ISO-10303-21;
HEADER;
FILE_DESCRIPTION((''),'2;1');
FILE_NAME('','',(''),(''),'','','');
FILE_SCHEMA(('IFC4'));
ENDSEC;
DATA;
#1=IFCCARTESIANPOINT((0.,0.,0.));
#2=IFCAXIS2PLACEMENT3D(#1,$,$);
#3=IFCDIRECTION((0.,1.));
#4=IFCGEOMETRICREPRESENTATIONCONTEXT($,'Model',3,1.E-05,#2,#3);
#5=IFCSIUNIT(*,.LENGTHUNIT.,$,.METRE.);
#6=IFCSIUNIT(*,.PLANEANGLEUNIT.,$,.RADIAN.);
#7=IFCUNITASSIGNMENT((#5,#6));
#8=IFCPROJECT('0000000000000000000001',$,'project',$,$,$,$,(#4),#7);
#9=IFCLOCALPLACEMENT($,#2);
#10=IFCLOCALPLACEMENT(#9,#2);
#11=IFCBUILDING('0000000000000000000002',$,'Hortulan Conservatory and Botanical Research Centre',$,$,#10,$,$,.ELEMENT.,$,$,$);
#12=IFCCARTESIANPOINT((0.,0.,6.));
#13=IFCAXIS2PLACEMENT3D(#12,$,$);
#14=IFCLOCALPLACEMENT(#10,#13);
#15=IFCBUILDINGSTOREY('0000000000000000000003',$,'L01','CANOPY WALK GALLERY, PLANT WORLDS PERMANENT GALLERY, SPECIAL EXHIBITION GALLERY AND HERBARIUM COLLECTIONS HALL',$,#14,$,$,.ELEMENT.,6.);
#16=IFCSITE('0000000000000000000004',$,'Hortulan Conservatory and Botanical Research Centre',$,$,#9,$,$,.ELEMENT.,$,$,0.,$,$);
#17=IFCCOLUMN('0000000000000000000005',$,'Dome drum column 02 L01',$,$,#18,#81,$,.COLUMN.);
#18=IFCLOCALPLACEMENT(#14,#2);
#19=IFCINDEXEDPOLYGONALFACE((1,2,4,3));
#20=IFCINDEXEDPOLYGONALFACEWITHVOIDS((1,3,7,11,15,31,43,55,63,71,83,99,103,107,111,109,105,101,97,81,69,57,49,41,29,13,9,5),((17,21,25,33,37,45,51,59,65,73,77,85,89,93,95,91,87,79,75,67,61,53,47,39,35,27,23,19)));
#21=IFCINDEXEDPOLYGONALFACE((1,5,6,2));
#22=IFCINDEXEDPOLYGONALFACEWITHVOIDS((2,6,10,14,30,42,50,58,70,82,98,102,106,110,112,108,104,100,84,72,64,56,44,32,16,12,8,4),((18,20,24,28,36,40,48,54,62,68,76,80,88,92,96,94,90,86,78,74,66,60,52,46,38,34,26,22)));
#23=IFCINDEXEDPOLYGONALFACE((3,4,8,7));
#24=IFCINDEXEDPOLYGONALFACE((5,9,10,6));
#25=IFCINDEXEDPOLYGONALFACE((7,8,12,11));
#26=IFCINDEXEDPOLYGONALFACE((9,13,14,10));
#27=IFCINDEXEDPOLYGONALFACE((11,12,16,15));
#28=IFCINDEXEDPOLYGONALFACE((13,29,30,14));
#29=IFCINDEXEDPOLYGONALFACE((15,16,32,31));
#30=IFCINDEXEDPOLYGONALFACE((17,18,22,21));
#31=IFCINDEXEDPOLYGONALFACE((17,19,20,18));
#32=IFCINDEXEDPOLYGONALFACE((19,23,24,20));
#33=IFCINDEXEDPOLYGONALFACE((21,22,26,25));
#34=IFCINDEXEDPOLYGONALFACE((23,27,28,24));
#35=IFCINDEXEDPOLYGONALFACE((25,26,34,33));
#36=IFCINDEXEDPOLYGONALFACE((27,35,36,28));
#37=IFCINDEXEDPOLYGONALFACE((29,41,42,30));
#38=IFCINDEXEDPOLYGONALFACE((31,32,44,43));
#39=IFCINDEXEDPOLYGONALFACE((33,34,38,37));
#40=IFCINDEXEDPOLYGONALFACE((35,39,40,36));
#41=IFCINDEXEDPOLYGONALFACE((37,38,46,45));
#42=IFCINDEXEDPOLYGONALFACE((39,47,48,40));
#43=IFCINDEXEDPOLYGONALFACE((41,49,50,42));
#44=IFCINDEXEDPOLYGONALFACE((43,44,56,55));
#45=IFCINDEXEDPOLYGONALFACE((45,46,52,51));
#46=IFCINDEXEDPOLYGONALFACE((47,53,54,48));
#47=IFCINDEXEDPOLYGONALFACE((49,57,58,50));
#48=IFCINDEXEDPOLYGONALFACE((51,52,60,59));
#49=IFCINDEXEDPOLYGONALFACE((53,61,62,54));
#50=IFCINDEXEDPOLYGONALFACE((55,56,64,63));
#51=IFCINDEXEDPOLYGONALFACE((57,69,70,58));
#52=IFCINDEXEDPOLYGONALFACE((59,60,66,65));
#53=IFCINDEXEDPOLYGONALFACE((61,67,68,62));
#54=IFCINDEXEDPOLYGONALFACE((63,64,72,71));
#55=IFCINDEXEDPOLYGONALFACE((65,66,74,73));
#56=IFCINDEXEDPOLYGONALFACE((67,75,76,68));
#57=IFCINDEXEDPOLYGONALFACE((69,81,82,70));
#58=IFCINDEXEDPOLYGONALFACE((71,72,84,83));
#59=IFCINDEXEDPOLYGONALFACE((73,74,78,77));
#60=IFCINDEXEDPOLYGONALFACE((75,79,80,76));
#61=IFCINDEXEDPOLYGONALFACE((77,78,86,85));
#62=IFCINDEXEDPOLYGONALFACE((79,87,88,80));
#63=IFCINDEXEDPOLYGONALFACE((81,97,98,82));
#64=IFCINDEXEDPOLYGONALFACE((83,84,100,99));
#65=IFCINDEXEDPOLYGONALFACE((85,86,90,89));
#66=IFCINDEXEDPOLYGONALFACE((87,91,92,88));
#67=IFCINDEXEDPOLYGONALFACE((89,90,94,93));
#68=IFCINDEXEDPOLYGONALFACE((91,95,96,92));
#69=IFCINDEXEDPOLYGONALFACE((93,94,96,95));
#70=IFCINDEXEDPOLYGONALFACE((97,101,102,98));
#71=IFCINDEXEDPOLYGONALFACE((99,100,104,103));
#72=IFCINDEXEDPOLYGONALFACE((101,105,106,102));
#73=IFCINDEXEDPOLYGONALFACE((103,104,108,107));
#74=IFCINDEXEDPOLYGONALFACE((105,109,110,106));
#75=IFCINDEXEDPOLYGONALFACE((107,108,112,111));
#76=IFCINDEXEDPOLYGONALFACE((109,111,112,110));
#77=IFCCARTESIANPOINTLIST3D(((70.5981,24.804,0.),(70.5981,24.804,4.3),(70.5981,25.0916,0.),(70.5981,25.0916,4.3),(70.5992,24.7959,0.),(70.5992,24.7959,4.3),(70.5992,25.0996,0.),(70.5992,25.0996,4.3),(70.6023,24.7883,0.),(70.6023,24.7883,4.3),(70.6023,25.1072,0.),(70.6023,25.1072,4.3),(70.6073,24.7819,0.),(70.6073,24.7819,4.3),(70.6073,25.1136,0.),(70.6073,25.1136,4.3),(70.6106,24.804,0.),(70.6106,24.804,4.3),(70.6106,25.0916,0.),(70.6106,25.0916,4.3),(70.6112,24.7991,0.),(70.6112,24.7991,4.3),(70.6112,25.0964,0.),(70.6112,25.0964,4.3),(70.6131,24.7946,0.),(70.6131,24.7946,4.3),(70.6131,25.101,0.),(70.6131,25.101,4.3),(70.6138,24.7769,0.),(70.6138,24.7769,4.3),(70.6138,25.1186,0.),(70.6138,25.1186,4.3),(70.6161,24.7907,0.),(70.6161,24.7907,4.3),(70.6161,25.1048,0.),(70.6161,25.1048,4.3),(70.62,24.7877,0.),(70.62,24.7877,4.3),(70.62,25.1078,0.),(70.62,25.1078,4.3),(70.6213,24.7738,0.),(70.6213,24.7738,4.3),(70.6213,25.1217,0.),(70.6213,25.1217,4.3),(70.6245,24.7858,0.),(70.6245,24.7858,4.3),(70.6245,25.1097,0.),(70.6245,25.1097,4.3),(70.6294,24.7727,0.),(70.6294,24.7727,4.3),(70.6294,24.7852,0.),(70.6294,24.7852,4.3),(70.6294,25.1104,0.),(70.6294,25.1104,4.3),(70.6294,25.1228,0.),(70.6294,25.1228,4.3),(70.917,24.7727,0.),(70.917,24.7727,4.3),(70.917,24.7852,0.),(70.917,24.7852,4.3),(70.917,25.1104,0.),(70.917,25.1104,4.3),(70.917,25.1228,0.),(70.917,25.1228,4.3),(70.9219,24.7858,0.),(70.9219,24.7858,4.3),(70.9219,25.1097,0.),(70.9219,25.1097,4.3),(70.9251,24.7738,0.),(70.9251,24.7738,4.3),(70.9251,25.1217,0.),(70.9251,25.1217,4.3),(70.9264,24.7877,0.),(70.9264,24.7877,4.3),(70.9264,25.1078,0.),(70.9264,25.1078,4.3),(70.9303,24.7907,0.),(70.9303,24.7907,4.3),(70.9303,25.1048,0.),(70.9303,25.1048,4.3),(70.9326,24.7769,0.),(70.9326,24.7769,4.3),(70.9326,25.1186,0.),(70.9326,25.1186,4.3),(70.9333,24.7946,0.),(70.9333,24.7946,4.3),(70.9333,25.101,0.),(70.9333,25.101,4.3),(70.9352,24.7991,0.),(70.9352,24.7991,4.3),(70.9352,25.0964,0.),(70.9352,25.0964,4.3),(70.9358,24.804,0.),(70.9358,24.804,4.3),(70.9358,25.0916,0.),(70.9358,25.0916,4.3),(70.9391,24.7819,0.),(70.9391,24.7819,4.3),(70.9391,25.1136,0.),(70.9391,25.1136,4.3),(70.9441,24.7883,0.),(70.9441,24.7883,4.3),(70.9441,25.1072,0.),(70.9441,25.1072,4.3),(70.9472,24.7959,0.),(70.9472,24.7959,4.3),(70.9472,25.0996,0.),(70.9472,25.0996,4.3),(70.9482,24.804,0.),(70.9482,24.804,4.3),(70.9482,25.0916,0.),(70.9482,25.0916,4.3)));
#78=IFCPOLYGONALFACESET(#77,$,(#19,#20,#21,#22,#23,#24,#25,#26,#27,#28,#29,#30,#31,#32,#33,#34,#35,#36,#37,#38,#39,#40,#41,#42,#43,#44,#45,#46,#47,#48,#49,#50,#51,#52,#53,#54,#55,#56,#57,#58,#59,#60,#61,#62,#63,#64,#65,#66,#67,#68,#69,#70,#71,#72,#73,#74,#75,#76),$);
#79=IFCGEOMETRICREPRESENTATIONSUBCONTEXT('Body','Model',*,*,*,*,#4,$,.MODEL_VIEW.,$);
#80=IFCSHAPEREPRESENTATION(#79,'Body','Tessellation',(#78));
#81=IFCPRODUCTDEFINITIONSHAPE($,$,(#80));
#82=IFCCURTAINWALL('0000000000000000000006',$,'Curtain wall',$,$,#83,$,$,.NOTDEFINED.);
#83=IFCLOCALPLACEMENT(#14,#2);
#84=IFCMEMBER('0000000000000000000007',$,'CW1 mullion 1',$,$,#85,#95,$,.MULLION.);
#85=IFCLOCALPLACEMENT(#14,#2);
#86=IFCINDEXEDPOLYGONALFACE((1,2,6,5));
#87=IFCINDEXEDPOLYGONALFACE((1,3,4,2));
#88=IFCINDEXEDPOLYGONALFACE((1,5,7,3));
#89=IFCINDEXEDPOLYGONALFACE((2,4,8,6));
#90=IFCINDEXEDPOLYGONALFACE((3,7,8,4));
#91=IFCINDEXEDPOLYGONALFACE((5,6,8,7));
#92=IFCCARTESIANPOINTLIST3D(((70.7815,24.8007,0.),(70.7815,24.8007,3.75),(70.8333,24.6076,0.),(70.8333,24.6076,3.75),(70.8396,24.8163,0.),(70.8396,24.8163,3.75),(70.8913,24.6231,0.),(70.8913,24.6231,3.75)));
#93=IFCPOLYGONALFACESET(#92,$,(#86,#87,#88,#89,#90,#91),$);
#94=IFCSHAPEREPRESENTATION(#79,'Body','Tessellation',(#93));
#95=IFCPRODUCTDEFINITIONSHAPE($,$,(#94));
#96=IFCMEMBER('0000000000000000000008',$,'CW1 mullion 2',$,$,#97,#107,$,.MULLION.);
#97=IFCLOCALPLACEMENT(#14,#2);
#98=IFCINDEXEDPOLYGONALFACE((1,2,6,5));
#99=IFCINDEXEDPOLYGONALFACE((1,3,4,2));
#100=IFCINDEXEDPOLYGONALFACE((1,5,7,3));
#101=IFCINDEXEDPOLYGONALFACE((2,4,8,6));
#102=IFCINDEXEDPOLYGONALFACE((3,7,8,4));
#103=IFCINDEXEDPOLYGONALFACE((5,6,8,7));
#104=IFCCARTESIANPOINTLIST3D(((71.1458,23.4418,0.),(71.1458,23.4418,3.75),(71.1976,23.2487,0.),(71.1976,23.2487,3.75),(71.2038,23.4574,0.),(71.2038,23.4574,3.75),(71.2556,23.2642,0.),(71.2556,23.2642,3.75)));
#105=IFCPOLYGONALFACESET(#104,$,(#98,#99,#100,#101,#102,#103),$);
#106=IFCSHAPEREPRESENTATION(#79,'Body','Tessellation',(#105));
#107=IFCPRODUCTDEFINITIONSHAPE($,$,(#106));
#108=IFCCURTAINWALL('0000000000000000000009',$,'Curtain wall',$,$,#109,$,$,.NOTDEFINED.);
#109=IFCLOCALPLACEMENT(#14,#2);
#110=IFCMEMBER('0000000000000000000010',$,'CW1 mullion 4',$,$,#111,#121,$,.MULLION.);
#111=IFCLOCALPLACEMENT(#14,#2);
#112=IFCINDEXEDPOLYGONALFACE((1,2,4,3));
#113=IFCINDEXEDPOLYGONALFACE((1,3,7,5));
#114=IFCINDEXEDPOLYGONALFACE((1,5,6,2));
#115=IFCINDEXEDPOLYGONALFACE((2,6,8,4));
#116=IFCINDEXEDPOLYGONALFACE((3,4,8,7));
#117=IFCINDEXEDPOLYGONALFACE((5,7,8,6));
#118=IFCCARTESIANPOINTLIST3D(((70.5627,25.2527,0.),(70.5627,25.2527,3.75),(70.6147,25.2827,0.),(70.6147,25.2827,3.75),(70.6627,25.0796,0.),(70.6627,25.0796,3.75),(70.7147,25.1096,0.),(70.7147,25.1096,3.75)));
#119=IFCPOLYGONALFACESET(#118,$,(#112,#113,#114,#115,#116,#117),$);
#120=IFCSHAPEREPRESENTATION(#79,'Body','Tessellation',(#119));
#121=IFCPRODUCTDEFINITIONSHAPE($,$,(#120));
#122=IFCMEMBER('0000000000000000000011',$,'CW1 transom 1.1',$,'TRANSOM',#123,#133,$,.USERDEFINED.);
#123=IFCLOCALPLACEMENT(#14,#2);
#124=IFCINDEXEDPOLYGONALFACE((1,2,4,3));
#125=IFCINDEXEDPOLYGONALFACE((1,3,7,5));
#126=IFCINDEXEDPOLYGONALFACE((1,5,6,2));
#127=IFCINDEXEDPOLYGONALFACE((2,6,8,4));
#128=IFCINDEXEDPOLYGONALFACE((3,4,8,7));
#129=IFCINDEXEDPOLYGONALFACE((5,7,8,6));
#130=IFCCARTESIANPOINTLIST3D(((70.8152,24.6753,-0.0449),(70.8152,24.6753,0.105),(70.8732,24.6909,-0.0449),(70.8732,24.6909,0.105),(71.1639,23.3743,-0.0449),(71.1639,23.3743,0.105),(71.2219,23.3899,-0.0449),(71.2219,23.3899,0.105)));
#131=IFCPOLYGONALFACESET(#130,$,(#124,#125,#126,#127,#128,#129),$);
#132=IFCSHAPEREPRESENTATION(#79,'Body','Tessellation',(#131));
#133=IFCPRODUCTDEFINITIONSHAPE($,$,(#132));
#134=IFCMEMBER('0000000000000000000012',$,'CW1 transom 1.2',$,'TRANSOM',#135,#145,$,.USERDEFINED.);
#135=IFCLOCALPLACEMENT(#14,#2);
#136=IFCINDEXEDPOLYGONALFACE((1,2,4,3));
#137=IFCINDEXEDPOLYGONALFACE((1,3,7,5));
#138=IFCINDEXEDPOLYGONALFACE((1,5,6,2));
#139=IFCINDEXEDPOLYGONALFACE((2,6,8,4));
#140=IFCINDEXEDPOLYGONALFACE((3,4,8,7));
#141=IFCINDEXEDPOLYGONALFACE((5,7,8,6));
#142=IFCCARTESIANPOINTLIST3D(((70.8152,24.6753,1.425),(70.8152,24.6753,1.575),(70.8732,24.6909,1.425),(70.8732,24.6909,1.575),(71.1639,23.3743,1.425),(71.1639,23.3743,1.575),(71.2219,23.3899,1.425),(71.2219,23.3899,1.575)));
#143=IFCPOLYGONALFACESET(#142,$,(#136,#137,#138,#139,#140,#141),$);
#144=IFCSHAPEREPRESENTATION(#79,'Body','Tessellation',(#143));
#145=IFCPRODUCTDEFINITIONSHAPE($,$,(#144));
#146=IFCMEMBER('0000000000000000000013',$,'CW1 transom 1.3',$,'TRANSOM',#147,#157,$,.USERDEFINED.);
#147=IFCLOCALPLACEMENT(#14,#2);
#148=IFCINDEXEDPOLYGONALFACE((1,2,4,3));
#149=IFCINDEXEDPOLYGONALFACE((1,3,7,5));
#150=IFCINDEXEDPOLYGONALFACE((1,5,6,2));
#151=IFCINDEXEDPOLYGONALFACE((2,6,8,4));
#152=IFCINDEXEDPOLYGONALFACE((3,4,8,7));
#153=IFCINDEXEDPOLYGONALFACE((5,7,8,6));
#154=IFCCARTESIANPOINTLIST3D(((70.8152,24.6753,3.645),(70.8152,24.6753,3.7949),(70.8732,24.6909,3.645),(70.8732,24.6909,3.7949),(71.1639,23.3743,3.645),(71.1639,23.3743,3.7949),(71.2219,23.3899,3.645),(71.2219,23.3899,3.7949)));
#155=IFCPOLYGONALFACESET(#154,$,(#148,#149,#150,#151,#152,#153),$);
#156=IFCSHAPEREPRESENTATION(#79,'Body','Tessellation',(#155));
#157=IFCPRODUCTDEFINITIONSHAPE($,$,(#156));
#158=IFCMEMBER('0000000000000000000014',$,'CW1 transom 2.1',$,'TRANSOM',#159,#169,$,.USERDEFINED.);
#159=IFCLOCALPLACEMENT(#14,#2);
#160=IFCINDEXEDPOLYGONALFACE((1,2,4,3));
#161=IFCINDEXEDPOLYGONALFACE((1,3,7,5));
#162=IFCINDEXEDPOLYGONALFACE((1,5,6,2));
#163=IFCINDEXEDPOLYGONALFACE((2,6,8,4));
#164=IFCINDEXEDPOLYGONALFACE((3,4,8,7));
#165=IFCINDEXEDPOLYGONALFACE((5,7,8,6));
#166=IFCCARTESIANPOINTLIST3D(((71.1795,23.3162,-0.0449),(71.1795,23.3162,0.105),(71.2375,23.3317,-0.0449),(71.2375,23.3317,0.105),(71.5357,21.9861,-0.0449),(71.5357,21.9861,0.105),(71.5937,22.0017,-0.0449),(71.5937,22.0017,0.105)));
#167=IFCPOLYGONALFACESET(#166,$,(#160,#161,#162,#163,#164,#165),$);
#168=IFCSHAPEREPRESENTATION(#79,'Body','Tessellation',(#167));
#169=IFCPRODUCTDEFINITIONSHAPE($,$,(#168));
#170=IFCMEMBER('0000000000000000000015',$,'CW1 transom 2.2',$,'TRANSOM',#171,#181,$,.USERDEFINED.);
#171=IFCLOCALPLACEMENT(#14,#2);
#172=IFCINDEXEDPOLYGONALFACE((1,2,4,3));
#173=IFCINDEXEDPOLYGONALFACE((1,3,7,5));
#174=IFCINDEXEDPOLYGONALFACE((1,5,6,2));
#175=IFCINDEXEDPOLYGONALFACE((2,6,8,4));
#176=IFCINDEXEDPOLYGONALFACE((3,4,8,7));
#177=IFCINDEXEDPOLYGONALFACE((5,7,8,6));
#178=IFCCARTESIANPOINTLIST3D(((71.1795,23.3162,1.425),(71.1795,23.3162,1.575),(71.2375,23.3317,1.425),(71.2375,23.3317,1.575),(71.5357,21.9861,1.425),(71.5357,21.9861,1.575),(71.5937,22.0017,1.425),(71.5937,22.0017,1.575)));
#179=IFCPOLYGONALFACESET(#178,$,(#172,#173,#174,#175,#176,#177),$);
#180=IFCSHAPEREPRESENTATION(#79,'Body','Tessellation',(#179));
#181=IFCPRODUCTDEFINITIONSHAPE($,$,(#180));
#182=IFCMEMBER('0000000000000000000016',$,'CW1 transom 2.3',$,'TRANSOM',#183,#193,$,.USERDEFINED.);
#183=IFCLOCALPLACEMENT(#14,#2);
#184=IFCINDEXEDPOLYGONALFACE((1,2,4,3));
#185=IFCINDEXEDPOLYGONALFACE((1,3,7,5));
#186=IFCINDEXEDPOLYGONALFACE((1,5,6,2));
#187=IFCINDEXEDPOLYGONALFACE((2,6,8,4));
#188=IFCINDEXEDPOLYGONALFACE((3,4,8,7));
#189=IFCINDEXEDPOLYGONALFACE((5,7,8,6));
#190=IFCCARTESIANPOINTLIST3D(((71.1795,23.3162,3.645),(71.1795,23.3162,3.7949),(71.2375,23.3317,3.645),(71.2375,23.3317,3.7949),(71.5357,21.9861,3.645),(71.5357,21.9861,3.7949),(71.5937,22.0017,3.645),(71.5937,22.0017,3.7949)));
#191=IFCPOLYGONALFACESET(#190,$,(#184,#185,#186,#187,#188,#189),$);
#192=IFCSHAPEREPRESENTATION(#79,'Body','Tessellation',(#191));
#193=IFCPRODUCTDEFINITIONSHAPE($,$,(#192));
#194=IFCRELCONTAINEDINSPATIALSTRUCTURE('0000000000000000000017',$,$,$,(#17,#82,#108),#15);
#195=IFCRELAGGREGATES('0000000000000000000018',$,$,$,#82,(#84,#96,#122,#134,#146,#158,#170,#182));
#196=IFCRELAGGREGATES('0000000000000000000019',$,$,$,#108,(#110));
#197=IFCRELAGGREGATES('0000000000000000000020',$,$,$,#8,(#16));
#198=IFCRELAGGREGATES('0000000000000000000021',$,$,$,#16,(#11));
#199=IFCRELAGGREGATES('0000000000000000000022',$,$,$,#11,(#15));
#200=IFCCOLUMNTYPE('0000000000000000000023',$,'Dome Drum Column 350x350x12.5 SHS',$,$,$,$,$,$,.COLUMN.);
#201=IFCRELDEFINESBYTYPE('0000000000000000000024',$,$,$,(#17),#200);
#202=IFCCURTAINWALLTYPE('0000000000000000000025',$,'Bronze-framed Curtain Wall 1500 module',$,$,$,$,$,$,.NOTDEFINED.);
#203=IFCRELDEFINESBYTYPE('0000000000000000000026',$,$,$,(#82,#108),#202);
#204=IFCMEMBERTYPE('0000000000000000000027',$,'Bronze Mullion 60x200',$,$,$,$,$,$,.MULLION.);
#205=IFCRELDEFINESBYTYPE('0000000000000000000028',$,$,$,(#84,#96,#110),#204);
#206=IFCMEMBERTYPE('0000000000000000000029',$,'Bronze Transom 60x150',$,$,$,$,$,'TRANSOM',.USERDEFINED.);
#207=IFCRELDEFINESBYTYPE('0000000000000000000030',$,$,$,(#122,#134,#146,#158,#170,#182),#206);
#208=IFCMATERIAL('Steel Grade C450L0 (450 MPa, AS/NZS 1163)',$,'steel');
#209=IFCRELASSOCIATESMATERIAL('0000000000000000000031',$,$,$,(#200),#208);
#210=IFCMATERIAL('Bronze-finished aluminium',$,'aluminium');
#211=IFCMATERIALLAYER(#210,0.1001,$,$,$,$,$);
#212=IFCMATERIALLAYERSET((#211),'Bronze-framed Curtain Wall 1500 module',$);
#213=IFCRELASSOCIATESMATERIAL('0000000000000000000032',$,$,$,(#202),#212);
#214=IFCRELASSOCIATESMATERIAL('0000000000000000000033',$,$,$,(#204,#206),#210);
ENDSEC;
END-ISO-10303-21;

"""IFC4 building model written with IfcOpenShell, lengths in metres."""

from ifc_helpers import new_model, si_unit, direction, frame, origin, origin_2d, place, context, subcontext, project, spatial, rectangle, hollow_rectangle, extrude, material, layer, layer_set, material_profile, profile_set, type_object, element, aggregate, save


model = new_model("IFC4")

# Units and contexts
model_context = context("Model", 3, precision=1e-05, world=origin(), true_north=direction((0.0, 1.0)))
body_context = subcontext(model_context, "Body", "Model", "MODEL_VIEW")
ifc_project = project(units=[si_unit("LENGTHUNIT", "METRE"), si_unit("PLANEANGLEUNIT", "RADIAN")], contexts=[model_context])

# Site, building, storey
site_placement = place(None, origin())
site = spatial("IfcSite", under=ifc_project, at=site_placement, Name="Hortulan Conservatory and Botanical Research Centre", CompositionType="ELEMENT", RefElevation=0.0)
building_placement = place(site_placement, origin())
building = spatial("IfcBuilding", under=site, at=building_placement, Name="Hortulan Conservatory and Botanical Research Centre", CompositionType="ELEMENT")
storey_placement = place(building_placement, frame((0.0, 0.0, 6.0)))
storey = spatial("IfcBuildingStorey", under=building, at=storey_placement, Name="L01", Description="CANOPY WALK GALLERY, PLANT WORLDS PERMANENT GALLERY, SPECIAL EXHIBITION GALLERY AND HERBARIUM COLLECTIONS HALL", CompositionType="ELEMENT", Elevation=6.0)

# Column
ifc_material_1 = material(Name="Steel Grade C450L0 (450 MPa, AS/NZS 1163)", Category="steel")
ifc_material_profile_1 = material_profile(ifc_material_1, hollow_rectangle(XDim=0.3501, YDim=0.3501, WallThickness=0.0125, InnerFilletRadius=0.0188, OuterFilletRadius=0.0312, at=origin_2d()), Name="350x350x12.5SHS")
ifc_profile_set_1 = profile_set([ifc_material_profile_1], Name="Steel Grade C450L0 (450 MPa, AS/NZS 1163)")
column_type = type_object("IfcColumnType", Name="Dome Drum Column 350x350x12.5 SHS", PredefinedType="COLUMN", material=ifc_profile_set_1)
column_placement = place(storey_placement, frame((70.7732, 24.9478, 0.0), z_axis=(0.0, 0.0, 1.0), x_axis=(1.0, 0.0, 0.0)))
element("IfcColumn", 1, at=column_placement, inside=storey, type_object=column_type, Name="Dome drum column 02 L01", PredefinedType="COLUMN", context=body_context, shape_type="SweptSolid", body=[
    extrude(hollow_rectangle(XDim=0.3501, YDim=0.3501, WallThickness=0.0125, InnerFilletRadius=0.0188, OuterFilletRadius=0.0312, at=origin_2d()), origin(), (0.0, 0.0, 1.0), 4.3),
])

# Curtain wall, members
ifc_material_2 = material(Name="Bronze-finished aluminium", Category="aluminium")
ifc_layer_1 = layer(ifc_material_2, 0.1001)
ifc_layer_set_1 = layer_set([ifc_layer_1], Name="Bronze-framed Curtain Wall 1500 module")
curtain_wall_type = type_object("IfcCurtainWallType", Name="Bronze-framed Curtain Wall 1500 module", PredefinedType="NOTDEFINED", material=ifc_layer_set_1)
curtain_wall_1_placement = place(storey_placement, origin())
curtain_wall_1 = element("IfcCurtainWall", 2, at=curtain_wall_1_placement, inside=storey, type_object=curtain_wall_type, Name="Curtain wall", PredefinedType="NOTDEFINED")
ifc_material_profile_2 = material_profile(ifc_material_2, rectangle(XDim=0.0601, YDim=0.2, at=origin_2d()), Name="Bronze Mullion 60x200")
ifc_profile_set_2 = profile_set([ifc_material_profile_2], Name="Bronze-finished aluminium")
member_type_1 = type_object("IfcMemberType", Name="Bronze Mullion 60x200", PredefinedType="MULLION", material=ifc_profile_set_2)
member_1_placement = place(storey_placement, frame((70.8364, 24.7119, 0.0), z_axis=(0.0, 0.0, 1.0), x_axis=(0.965922, 0.258832, 0.0)))
member_1 = element("IfcMember", 3, at=member_1_placement, type_object=member_type_1, Name="CW1 mullion 1", PredefinedType="MULLION", context=body_context, shape_type="SweptSolid", body=[
    extrude(rectangle(XDim=0.0601, YDim=0.2, at=origin_2d()), origin(), (0.0, 0.0, 1.0), 3.75),
])
member_2_placement = place(storey_placement, frame((71.2007, 23.353, 0.0), z_axis=(0.0, 0.0, 1.0), x_axis=(0.965922, 0.258832, 0.0)))
member_2 = element("IfcMember", 4, at=member_2_placement, type_object=member_type_1, Name="CW1 mullion 2", PredefinedType="MULLION", context=body_context, shape_type="SweptSolid", body=[
    extrude(rectangle(XDim=0.0601, YDim=0.2, at=origin_2d()), origin(), (0.0, 0.0, 1.0), 3.75),
])

# Curtain wall, member
curtain_wall_2_placement = place(storey_placement, origin())
curtain_wall_2 = element("IfcCurtainWall", 5, at=curtain_wall_2_placement, inside=storey, type_object=curtain_wall_type, Name="Curtain wall", PredefinedType="NOTDEFINED")
member_3_placement = place(storey_placement, frame((70.6387, 25.1812, 0.0), z_axis=(0.0, 0.0, 1.0), x_axis=(0.866036, 0.499981, 0.0)))
member_3 = element("IfcMember", 6, at=member_3_placement, type_object=member_type_1, Name="CW1 mullion 4", PredefinedType="MULLION", context=body_context, shape_type="SweptSolid", body=[
    extrude(rectangle(XDim=0.0601, YDim=0.2, at=origin_2d()), origin(), (0.0, 0.0, 1.0), 3.75),
])

# Members
ifc_material_profile_3 = material_profile(ifc_material_2, rectangle(XDim=0.0601, YDim=0.1499, at=origin_2d()), Name="Bronze Transom 60x150")
ifc_profile_set_3 = profile_set([ifc_material_profile_3], Name="Bronze-finished aluminium")
member_type_2 = type_object("IfcMemberType", Name="Bronze Transom 60x150", ElementType="TRANSOM", PredefinedType="USERDEFINED", material=ifc_profile_set_3)
member_4_placement = place(storey_placement, frame((70.8442, 24.6831, 0.03), z_axis=(0.258836, -0.965921, 0.0), x_axis=(0.965921, 0.258836, 0.0)))
member_4 = element("IfcMember", 7, at=member_4_placement, type_object=member_type_2, Name="CW1 transom 1.1", ObjectType="TRANSOM", PredefinedType="USERDEFINED", context=body_context, shape_type="SweptSolid", body=[
    extrude(rectangle(XDim=0.0601, YDim=0.1499, at=origin_2d()), origin(), (0.0, 0.0, 1.0), 1.3469),
])
member_5_placement = place(storey_placement, frame((70.8442, 24.6831, 1.5), z_axis=(0.258836, -0.965921, 0.0), x_axis=(0.965921, 0.258836, 0.0)))
member_5 = element("IfcMember", 8, at=member_5_placement, type_object=member_type_2, Name="CW1 transom 1.2", ObjectType="TRANSOM", PredefinedType="USERDEFINED", context=body_context, shape_type="SweptSolid", body=[
    extrude(rectangle(XDim=0.0601, YDim=0.1499, at=origin_2d()), origin(), (0.0, 0.0, 1.0), 1.3469),
])
member_6_placement = place(storey_placement, frame((70.8442, 24.6831, 3.72), z_axis=(0.258836, -0.965921, 0.0), x_axis=(0.965921, 0.258836, 0.0)))
member_6 = element("IfcMember", 9, at=member_6_placement, type_object=member_type_2, Name="CW1 transom 1.3", ObjectType="TRANSOM", PredefinedType="USERDEFINED", context=body_context, shape_type="SweptSolid", body=[
    extrude(rectangle(XDim=0.0601, YDim=0.1499, at=origin_2d()), origin(), (0.0, 0.0, 1.0), 1.3469),
])
member_7_placement = place(storey_placement, frame((71.2085, 23.324, 0.03), z_axis=(0.258689, -0.965961, 0.0), x_axis=(0.965961, 0.258689, 0.0)))
member_7 = element("IfcMember", 10, at=member_7_placement, type_object=member_type_2, Name="CW1 transom 2.1", ObjectType="TRANSOM", PredefinedType="USERDEFINED", context=body_context, shape_type="SweptSolid", body=[
    extrude(rectangle(XDim=0.0601, YDim=0.1499, at=origin_2d()), origin(), (0.0, 0.0, 1.0), 1.377),
])
member_8_placement = place(storey_placement, frame((71.2085, 23.324, 1.5), z_axis=(0.258689, -0.965961, 0.0), x_axis=(0.965961, 0.258689, 0.0)))
member_8 = element("IfcMember", 11, at=member_8_placement, type_object=member_type_2, Name="CW1 transom 2.2", ObjectType="TRANSOM", PredefinedType="USERDEFINED", context=body_context, shape_type="SweptSolid", body=[
    extrude(rectangle(XDim=0.0601, YDim=0.1499, at=origin_2d()), origin(), (0.0, 0.0, 1.0), 1.377),
])
member_9_placement = place(storey_placement, frame((71.2085, 23.324, 3.72), z_axis=(0.258689, -0.965961, 0.0), x_axis=(0.965961, 0.258689, 0.0)))
member_9 = element("IfcMember", 12, at=member_9_placement, type_object=member_type_2, Name="CW1 transom 2.3", ObjectType="TRANSOM", PredefinedType="USERDEFINED", context=body_context, shape_type="SweptSolid", body=[
    extrude(rectangle(XDim=0.0601, YDim=0.1499, at=origin_2d()), origin(), (0.0, 0.0, 1.0), 1.377),
])

aggregate(curtain_wall_1, [member_1, member_2, member_4, member_5, member_6, member_7, member_8, member_9])
aggregate(curtain_wall_2, [member_3])

save(model, "model.ifc")
